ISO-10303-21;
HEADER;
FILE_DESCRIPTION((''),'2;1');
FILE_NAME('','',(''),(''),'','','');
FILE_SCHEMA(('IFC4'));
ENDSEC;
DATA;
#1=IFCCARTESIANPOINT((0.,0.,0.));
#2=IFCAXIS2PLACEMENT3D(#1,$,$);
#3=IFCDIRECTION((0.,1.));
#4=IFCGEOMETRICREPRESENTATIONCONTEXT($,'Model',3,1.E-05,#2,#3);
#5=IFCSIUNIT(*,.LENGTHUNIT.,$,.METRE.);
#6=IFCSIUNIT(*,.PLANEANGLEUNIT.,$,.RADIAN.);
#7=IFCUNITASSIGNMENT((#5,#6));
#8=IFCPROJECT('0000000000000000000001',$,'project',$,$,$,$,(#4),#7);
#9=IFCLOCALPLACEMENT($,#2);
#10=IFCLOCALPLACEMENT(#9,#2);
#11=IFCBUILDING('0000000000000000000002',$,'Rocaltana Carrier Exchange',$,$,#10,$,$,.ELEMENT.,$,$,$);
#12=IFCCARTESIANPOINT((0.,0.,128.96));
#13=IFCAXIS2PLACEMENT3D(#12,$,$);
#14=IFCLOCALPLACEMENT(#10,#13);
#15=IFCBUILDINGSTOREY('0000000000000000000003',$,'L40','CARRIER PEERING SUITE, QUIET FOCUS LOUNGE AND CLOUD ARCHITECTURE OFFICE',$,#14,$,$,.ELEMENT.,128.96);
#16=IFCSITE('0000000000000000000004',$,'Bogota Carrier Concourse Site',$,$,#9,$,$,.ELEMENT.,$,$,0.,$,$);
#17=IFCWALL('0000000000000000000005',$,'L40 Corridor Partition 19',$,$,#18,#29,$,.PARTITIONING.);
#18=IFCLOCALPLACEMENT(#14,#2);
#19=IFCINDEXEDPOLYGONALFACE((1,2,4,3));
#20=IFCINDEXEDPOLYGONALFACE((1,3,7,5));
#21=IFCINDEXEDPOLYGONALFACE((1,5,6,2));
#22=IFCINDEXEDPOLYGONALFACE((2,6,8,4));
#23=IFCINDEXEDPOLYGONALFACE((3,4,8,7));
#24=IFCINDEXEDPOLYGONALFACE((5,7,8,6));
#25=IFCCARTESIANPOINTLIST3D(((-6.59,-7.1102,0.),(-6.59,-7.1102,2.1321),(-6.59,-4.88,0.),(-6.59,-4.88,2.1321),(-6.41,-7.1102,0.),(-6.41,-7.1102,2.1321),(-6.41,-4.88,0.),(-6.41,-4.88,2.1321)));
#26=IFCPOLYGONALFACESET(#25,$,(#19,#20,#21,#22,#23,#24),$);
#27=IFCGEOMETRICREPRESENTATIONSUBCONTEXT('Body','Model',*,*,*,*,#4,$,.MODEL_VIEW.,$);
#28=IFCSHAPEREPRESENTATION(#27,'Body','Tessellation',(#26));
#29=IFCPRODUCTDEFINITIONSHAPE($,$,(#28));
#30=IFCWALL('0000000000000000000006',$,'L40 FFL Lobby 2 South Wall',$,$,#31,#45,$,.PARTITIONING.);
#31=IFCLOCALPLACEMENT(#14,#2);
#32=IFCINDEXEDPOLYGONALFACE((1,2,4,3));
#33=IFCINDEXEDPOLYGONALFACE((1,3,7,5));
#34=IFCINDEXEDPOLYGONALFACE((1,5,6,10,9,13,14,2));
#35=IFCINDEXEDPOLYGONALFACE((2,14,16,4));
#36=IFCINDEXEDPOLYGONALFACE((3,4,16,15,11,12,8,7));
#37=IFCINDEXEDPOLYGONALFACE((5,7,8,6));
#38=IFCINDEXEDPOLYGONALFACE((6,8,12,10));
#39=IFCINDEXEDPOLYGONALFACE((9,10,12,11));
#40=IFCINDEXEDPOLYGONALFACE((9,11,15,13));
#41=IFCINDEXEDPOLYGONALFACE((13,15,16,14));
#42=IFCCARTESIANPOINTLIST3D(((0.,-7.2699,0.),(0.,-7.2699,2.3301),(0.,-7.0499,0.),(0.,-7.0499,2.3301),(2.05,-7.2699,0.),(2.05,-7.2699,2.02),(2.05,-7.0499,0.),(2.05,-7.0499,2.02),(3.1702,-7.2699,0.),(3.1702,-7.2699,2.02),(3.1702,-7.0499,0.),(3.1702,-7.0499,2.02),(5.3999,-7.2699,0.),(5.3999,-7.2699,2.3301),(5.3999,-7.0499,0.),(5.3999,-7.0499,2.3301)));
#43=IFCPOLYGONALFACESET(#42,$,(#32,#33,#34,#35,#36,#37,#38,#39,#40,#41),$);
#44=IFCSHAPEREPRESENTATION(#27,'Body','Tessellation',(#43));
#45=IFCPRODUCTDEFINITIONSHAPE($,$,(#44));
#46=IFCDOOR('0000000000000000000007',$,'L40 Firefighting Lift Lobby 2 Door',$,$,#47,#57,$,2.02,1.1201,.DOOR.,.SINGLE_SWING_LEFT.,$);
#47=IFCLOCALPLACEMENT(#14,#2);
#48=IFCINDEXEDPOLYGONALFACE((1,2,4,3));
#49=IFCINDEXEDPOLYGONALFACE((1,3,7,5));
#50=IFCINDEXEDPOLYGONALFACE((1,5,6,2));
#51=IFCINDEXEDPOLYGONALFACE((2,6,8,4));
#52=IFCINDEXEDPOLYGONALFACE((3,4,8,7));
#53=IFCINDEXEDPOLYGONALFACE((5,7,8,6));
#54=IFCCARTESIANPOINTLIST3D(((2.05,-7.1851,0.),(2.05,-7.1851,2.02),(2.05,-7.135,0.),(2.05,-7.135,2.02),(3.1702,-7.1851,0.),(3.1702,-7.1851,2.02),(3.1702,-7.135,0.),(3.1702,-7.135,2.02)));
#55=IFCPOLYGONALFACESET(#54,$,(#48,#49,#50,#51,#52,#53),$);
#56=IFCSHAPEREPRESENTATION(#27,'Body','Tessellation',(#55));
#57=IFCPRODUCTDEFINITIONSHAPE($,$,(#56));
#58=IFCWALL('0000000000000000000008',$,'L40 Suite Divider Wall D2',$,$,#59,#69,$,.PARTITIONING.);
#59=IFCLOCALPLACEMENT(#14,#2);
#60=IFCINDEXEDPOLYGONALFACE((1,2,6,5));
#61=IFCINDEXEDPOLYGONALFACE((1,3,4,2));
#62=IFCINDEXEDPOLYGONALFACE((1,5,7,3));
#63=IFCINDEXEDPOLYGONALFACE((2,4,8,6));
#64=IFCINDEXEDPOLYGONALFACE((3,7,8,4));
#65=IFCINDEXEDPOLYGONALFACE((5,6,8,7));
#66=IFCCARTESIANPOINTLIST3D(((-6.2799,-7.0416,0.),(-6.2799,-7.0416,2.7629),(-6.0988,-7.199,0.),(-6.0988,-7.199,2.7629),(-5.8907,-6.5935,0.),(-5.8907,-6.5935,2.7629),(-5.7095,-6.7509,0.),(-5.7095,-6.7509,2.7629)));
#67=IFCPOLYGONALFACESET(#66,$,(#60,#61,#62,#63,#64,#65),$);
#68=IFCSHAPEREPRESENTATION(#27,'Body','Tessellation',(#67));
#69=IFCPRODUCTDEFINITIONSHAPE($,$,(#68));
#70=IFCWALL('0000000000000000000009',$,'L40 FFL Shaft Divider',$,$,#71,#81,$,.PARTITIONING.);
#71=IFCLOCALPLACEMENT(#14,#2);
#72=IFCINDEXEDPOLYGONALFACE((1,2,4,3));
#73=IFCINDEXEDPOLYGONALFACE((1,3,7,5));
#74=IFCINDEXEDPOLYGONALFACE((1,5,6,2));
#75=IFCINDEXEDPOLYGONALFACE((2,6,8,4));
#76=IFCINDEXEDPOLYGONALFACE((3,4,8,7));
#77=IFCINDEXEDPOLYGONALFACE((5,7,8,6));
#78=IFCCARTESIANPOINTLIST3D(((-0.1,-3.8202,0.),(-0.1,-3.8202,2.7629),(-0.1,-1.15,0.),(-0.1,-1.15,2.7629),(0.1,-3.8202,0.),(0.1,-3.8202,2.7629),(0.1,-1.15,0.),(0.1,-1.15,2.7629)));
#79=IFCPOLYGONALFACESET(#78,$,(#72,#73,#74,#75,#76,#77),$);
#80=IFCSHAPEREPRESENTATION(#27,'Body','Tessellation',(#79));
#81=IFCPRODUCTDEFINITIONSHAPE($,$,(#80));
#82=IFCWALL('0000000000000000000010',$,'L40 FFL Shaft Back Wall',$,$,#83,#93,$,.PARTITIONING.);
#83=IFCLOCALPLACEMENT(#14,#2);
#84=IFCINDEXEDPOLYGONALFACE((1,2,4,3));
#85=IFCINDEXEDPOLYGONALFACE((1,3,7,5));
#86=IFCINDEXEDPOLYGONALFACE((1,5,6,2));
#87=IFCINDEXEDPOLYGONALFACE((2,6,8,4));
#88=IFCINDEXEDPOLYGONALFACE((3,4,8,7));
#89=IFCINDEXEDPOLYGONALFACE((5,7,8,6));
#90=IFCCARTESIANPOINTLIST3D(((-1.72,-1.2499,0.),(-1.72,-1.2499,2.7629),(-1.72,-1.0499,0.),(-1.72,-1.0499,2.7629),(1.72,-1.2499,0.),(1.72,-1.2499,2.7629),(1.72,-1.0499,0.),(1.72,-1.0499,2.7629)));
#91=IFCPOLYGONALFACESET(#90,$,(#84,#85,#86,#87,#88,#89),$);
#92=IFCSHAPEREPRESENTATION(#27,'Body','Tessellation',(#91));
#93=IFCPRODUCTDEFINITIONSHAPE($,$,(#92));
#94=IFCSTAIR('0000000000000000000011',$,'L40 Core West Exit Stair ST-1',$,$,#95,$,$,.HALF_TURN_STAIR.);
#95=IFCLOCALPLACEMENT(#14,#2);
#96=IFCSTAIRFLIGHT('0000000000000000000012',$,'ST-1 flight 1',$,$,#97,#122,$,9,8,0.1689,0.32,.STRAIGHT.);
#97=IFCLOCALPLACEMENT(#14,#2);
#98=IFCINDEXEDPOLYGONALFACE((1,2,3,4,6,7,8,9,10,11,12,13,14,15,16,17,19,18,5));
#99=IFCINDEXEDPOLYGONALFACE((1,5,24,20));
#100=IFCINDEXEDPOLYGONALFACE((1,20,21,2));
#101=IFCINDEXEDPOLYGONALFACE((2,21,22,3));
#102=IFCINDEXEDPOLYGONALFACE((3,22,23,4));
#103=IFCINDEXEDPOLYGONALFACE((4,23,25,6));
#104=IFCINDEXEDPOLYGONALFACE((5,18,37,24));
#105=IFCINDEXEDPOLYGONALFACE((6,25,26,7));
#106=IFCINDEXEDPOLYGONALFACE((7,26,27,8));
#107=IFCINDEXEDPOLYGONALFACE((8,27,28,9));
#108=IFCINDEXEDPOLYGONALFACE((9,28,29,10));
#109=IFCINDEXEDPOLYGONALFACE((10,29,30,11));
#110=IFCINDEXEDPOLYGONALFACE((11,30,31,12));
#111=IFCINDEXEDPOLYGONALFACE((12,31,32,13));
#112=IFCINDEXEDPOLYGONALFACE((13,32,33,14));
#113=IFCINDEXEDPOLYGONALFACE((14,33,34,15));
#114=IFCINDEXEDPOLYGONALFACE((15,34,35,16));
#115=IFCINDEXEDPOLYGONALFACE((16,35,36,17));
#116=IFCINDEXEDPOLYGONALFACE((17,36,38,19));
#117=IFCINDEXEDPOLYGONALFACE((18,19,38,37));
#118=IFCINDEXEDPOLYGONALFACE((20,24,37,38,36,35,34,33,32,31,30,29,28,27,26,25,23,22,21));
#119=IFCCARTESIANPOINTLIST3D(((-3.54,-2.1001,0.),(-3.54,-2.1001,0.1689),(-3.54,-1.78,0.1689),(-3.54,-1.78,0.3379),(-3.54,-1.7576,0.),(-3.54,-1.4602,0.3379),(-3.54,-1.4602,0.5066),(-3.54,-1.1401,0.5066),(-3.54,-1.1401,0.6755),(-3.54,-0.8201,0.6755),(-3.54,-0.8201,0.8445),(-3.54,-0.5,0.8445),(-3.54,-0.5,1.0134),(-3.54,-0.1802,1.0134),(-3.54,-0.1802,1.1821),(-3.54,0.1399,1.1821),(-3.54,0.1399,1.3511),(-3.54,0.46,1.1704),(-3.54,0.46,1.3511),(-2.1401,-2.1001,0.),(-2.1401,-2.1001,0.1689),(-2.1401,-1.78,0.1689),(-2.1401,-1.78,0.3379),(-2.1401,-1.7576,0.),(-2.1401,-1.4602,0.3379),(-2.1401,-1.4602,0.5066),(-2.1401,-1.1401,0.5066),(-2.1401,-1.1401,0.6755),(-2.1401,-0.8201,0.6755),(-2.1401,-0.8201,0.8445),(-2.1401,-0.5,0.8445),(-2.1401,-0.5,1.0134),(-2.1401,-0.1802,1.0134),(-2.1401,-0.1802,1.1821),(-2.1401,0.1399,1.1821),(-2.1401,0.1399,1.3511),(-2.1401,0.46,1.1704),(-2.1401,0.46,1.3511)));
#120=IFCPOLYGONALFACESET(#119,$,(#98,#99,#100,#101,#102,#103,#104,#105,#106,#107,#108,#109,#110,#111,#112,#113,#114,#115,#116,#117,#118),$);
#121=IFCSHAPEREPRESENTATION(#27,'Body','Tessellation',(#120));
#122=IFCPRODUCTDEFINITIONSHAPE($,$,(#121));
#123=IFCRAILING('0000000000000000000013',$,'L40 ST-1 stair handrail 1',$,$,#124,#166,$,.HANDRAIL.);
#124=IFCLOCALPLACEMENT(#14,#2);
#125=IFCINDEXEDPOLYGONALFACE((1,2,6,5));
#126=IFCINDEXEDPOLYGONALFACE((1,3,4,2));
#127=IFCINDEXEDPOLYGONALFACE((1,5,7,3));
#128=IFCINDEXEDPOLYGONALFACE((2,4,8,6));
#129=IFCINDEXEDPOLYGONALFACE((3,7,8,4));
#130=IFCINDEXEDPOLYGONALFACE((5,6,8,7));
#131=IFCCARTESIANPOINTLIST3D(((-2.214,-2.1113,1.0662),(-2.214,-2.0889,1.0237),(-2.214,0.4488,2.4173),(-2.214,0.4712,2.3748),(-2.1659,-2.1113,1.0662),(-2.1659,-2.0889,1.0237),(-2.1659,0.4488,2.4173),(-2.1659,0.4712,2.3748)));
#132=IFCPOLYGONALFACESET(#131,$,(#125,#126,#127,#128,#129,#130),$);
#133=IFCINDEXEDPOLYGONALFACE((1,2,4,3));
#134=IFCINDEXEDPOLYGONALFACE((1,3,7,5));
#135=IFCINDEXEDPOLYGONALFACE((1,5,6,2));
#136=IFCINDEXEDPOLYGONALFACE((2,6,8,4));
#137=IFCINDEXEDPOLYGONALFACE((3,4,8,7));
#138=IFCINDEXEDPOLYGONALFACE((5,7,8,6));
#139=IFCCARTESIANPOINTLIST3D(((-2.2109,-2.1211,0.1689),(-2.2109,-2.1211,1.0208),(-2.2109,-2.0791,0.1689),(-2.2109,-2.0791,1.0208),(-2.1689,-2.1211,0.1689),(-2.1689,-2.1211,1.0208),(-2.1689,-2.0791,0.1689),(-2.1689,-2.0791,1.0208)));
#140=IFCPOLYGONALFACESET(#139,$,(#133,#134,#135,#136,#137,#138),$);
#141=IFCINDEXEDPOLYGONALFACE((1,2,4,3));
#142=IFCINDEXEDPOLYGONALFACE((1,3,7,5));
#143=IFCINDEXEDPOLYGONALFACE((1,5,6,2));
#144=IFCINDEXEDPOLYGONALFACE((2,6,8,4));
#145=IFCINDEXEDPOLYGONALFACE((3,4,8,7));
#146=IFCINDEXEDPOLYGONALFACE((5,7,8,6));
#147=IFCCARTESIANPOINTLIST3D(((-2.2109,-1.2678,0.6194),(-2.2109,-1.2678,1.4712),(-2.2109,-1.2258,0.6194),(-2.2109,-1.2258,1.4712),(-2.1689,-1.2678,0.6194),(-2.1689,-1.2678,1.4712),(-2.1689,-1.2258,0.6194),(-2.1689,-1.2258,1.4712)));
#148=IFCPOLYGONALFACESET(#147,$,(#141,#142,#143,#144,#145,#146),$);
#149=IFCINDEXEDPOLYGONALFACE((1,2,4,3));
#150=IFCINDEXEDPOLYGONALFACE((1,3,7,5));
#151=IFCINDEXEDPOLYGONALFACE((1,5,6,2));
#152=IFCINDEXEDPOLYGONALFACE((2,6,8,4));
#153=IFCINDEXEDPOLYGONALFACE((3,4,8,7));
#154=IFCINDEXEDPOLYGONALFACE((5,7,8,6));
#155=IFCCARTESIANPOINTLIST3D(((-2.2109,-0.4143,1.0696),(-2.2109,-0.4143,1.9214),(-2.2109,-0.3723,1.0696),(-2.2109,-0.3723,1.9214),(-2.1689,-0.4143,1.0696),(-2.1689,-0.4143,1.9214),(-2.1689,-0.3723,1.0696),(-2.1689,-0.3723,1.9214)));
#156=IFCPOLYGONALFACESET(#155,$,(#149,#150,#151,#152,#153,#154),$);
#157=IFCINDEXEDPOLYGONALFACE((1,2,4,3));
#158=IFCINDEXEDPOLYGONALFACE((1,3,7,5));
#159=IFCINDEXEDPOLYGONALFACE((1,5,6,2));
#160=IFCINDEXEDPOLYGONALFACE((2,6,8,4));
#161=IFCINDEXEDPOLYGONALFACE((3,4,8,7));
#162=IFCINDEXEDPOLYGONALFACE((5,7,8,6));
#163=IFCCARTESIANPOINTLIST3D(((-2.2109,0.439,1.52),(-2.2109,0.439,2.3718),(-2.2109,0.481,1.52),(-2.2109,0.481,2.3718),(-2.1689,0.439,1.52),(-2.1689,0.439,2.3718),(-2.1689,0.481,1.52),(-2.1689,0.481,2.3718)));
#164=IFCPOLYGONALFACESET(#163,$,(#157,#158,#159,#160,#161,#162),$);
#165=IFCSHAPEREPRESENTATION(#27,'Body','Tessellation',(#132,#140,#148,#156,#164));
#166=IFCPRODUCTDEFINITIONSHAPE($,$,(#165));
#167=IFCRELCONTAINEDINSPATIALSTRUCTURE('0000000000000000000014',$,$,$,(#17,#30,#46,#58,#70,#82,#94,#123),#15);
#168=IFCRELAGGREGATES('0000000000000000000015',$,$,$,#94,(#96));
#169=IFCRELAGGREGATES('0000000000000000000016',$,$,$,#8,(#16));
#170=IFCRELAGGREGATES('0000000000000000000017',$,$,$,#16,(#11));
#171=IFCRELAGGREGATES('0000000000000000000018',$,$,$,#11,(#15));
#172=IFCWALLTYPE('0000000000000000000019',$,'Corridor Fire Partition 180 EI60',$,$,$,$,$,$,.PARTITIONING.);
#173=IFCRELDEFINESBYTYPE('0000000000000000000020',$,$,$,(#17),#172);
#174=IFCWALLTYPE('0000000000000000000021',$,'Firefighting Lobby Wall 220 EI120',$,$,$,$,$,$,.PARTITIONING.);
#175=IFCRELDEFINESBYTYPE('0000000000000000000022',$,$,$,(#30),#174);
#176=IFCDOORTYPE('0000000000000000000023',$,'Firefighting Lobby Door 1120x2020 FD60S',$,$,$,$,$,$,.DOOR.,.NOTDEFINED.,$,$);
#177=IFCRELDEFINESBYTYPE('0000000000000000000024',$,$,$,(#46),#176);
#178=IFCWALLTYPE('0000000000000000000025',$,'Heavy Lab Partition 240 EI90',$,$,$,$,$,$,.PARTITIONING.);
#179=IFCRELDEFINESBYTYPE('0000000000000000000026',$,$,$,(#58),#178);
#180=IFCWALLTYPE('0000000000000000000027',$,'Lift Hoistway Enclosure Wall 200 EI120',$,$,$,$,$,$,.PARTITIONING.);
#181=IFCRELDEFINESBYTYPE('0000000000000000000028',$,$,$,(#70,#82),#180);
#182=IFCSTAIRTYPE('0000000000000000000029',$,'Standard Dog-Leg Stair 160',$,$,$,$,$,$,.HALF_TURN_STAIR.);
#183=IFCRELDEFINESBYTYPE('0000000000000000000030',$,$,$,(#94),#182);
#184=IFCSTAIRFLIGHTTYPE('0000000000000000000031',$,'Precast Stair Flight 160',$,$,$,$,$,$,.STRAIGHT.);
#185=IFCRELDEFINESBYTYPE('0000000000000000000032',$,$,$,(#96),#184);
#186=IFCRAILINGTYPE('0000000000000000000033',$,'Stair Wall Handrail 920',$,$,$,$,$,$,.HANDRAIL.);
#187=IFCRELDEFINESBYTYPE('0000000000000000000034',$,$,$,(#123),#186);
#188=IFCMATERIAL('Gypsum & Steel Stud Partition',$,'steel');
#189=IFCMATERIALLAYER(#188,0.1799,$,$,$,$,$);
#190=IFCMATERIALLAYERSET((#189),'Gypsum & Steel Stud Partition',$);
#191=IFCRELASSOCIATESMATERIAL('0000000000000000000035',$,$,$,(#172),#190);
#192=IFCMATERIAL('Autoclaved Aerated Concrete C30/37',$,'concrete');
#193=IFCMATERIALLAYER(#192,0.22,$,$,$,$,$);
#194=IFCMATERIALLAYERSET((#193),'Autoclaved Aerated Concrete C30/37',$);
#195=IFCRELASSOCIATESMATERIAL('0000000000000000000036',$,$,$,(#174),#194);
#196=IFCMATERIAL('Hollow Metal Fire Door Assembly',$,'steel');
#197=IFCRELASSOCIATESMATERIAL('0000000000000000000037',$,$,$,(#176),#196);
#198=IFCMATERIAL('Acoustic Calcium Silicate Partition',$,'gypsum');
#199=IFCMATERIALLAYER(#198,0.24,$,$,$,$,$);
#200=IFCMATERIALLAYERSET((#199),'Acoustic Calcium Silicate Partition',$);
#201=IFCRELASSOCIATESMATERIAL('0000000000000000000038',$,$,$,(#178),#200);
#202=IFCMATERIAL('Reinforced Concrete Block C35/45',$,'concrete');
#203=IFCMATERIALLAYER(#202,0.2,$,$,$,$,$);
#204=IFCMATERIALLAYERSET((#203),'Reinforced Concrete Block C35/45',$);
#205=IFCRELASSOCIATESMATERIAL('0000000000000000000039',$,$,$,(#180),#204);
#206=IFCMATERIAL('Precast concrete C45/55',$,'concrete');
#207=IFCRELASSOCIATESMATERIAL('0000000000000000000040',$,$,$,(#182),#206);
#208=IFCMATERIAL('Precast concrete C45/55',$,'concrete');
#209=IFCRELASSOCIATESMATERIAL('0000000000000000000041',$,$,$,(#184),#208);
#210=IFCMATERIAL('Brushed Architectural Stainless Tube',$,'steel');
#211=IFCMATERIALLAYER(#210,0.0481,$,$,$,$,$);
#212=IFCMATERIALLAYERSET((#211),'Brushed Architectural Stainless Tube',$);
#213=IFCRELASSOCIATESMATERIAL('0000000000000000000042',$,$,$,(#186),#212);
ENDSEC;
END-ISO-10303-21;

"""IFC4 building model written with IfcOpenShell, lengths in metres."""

from ifc_helpers import new_model, si_unit, direction, frame, frame_2d, origin, origin_2d, place, context, subcontext, project, spatial, polyline, rectangle, outline, extrude, material, layer, layer_set, type_object, element, fill, aggregate, save


model = new_model("IFC4")

# Units and contexts
model_context = context("Model", 3, precision=1e-05, world=origin(), true_north=direction((0.0, 1.0)))
body_context = subcontext(model_context, "Body", "Model", "MODEL_VIEW")
ifc_project = project(units=[si_unit("LENGTHUNIT", "METRE"), si_unit("PLANEANGLEUNIT", "RADIAN")], contexts=[model_context])

# Site, building, storey
site_placement = place(None, origin())
site = spatial("IfcSite", under=ifc_project, at=site_placement, Name="Bogota Carrier Concourse Site", CompositionType="ELEMENT", RefElevation=0.0)
building_placement = place(site_placement, origin())
building = spatial("IfcBuilding", under=site, at=building_placement, Name="Rocaltana Carrier Exchange", CompositionType="ELEMENT")
storey_placement = place(building_placement, frame((0.0, 0.0, 128.96)))
storey = spatial("IfcBuildingStorey", under=building, at=storey_placement, Name="L40", Description="CARRIER PEERING SUITE, QUIET FOCUS LOUNGE AND CLOUD ARCHITECTURE OFFICE", CompositionType="ELEMENT", Elevation=128.96)

# Wall
ifc_material_1 = material(Name="Gypsum & Steel Stud Partition", Category="steel")
ifc_layer_1 = layer(ifc_material_1, 0.1799)
ifc_layer_set_1 = layer_set([ifc_layer_1], Name="Gypsum & Steel Stud Partition")
wall_type_1 = type_object("IfcWallType", Name="Corridor Fire Partition 180 EI60", PredefinedType="PARTITIONING", material=ifc_layer_set_1)
wall_1_placement = place(storey_placement, frame((-6.5, -4.8799, 0.0), z_axis=(0.0, 0.0, 1.0), x_axis=(0.0, -1.0, 0.0)))
element("IfcWall", 1, at=wall_1_placement, inside=storey, type_object=wall_type_1, Name="L40 Corridor Partition 19", PredefinedType="PARTITIONING", context=body_context, shape_type="SweptSolid", body=[
    extrude(rectangle(XDim=2.2302, YDim=0.1799, at=frame_2d((1.1152, 0.0))), origin(), (0.0, 0.0, 1.0), 2.1321),
])

# Wall, opening, door
ifc_material_2 = material(Name="Autoclaved Aerated Concrete C30/37", Category="concrete")
ifc_layer_2 = layer(ifc_material_2, 0.22)
ifc_layer_set_2 = layer_set([ifc_layer_2], Name="Autoclaved Aerated Concrete C30/37")
wall_type_2 = type_object("IfcWallType", Name="Firefighting Lobby Wall 220 EI120", PredefinedType="PARTITIONING", material=ifc_layer_set_2)
wall_2_placement = place(storey_placement, frame((0.0, -7.1599, 0.0), z_axis=(0.0, 0.0, 1.0), x_axis=(1.0, 0.0, 0.0)))
wall_2 = element("IfcWall", 2, at=wall_2_placement, inside=storey, type_object=wall_type_2, Name="L40 FFL Lobby 2 South Wall", PredefinedType="PARTITIONING", context=body_context, shape_type="SweptSolid", body=[
    extrude(rectangle(XDim=5.3999, YDim=0.22, at=frame_2d((2.7, 0.0))), origin(), (0.0, 0.0, 1.0), 2.3301),
])
opening_1_placement = place(wall_2_placement, frame((2.05, 0.0, 0.0)))
opening_1 = element("IfcOpeningElement", 3, at=opening_1_placement, cuts=wall_2, PredefinedType="OPENING", context=body_context, shape_type="SweptSolid", body=[
    extrude(rectangle(XDim=1.1201, YDim=2.02, at=frame_2d((0.5601, 1.01))), frame((0.0, 0.1199, 0.0), z_axis=(0.0, -1.0, 0.0), x_axis=(1.0, 0.0, 0.0)), (0.0, 0.0, 1.0), 0.24),
])
ifc_material_3 = material(Name="Hollow Metal Fire Door Assembly", Category="steel")
door_type_1 = type_object("IfcDoorType", Name="Firefighting Lobby Door 1120x2020 FD60S", OperationType="NOTDEFINED", PredefinedType="DOOR", material=ifc_material_3)
door_1_placement = place(opening_1_placement, origin())
door_1 = element("IfcDoor", 4, at=door_1_placement, inside=storey, type_object=door_type_1, Name="L40 Firefighting Lift Lobby 2 Door", OperationType="SINGLE_SWING_LEFT", OverallHeight=2.02, OverallWidth=1.1201, PredefinedType="DOOR", context=body_context, shape_type="SweptSolid", body=[
    extrude(rectangle(XDim=1.1201, YDim=2.02, at=frame_2d((0.5601, 1.01))), frame((0.0, 0.0249, 0.0), z_axis=(0.0, -1.0, 0.0), x_axis=(1.0, 0.0, 0.0)), (0.0, 0.0, 1.0), 0.05),
])
fill(opening_1, door_1)

# Walls
ifc_material_4 = material(Name="Acoustic Calcium Silicate Partition", Category="gypsum")
ifc_layer_3 = layer(ifc_material_4, 0.24)
ifc_layer_set_3 = layer_set([ifc_layer_3], Name="Acoustic Calcium Silicate Partition")
wall_type_3 = type_object("IfcWallType", Name="Heavy Lab Partition 240 EI90", PredefinedType="PARTITIONING", material=ifc_layer_set_3)
wall_3_placement = place(storey_placement, frame((-5.8, -6.6721, 0.0), z_axis=(0.0, 0.0, 1.0), x_axis=(-0.655792, -0.754942, 0.0)))
element("IfcWall", 5, at=wall_3_placement, inside=storey, type_object=wall_type_3, Name="L40 Suite Divider Wall D2", PredefinedType="PARTITIONING", context=body_context, shape_type="SweptSolid", body=[
    extrude(rectangle(XDim=0.5935, YDim=0.24, at=frame_2d((0.2969, 0.0))), origin(), (0.0, 0.0, 1.0), 2.7629),
])
ifc_material_5 = material(Name="Reinforced Concrete Block C35/45", Category="concrete")
ifc_layer_4 = layer(ifc_material_5, 0.2)
ifc_layer_set_4 = layer_set([ifc_layer_4], Name="Reinforced Concrete Block C35/45")
wall_type_4 = type_object("IfcWallType", Name="Lift Hoistway Enclosure Wall 200 EI120", PredefinedType="PARTITIONING", material=ifc_layer_set_4)
wall_4_placement = place(storey_placement, frame((0.0, -3.8201, 0.0), z_axis=(0.0, 0.0, 1.0), x_axis=(0.0, 1.0, 0.0)))
element("IfcWall", 6, at=wall_4_placement, inside=storey, type_object=wall_type_4, Name="L40 FFL Shaft Divider", PredefinedType="PARTITIONING", context=body_context, shape_type="SweptSolid", body=[
    extrude(rectangle(XDim=2.6702, YDim=0.2, at=frame_2d((1.335, 0.0))), origin(), (0.0, 0.0, 1.0), 2.7629),
])
wall_5_placement = place(storey_placement, frame((-1.72, -1.1499, 0.0), z_axis=(0.0, 0.0, 1.0), x_axis=(1.0, 0.0, 0.0)))
element("IfcWall", 7, at=wall_5_placement, inside=storey, type_object=wall_type_4, Name="L40 FFL Shaft Back Wall", PredefinedType="PARTITIONING", context=body_context, shape_type="SweptSolid", body=[
    extrude(rectangle(XDim=3.4399, YDim=0.2, at=frame_2d((1.72, 0.0))), origin(), (0.0, 0.0, 1.0), 2.7629),
])

# Stair, stair flight
ifc_material_6 = material(Name="Precast concrete C45/55", Category="concrete")
stair_type = type_object("IfcStairType", Name="Standard Dog-Leg Stair 160", PredefinedType="HALF_TURN_STAIR", material=ifc_material_6)
stair_placement = place(storey_placement, origin())
stair = element("IfcStair", 8, at=stair_placement, inside=storey, type_object=stair_type, Name="L40 Core West Exit Stair ST-1", PredefinedType="HALF_TURN_STAIR")
ifc_material_7 = material(Name="Precast concrete C45/55", Category="concrete")
stair_flight_type = type_object("IfcStairFlightType", Name="Precast Stair Flight 160", PredefinedType="STRAIGHT", material=ifc_material_7)
stair_flight_placement = place(storey_placement, frame((-2.8401, -2.1001, 0.0), z_axis=(0.0, 0.0, 1.0), x_axis=(0.0, 1.0, 0.0)))
stair_flight = element("IfcStairFlight", 9, at=stair_flight_placement, type_object=stair_flight_type, Name="ST-1 flight 1", NumberOfRisers=9, NumberOfTreads=8, PredefinedType="STRAIGHT", RiserHeight=0.1689, TreadLength=0.32, context=body_context, shape_type="SweptSolid", body=[
    extrude(outline(polyline([(0.0, 0.0), (0.0, 0.1689), (0.3201, 0.1689), (0.3201, 0.3379), (0.6399, 0.3379), (0.6399, 0.5066), (0.96, 0.5066), (0.96, 0.6755), (1.28, 0.6755), (1.28, 0.8445), (1.6001, 0.8445), (1.6001, 1.0134), (1.9199, 1.0134), (1.9199, 1.1821), (2.24, 1.1821), (2.24, 1.3511), (2.5601, 1.3511), (2.5601, 1.52), (2.5601, 1.1704), (0.3425, 0.0), (0.0, 0.0)])), frame((0.0, 0.7, 0.0), z_axis=(0.0, -1.0, 0.0), x_axis=(1.0, 0.0, 0.0)), (0.0, 0.0, 1.0), 1.3999),
])
aggregate(stair, [stair_flight])

# Railing
ifc_material_8 = material(Name="Brushed Architectural Stainless Tube", Category="steel")
ifc_layer_5 = layer(ifc_material_8, 0.0481)
ifc_layer_set_5 = layer_set([ifc_layer_5], Name="Brushed Architectural Stainless Tube")
railing_type_1 = type_object("IfcRailingType", Name="Stair Wall Handrail 920", PredefinedType="HANDRAIL", material=ifc_layer_set_5)
railing_1_placement = place(storey_placement, frame((-2.1899, -2.1001, 0.1689)))
element("IfcRailing", 10, at=railing_1_placement, inside=storey, type_object=railing_type_1, Name="L40 ST-1 stair handrail 1", PredefinedType="HANDRAIL", context=body_context, shape_type="SweptSolid", body=[
    extrude(rectangle(XDim=0.0481, YDim=0.0481, at=origin_2d()), frame((0.0, 0.0, 0.876), z_axis=(0.0, 0.884394, 0.46674), x_axis=(-1.0, 0.0, 0.0)), (0.0, 0.0, 1.0), 2.8948),
    extrude(rectangle(XDim=0.042, YDim=0.042, at=origin_2d()), origin(), (0.0, 0.0, 1.0), 0.8518),
    extrude(rectangle(XDim=0.042, YDim=0.042, at=origin_2d()), frame((0.0, 0.8533, 0.4504)), (0.0, 0.0, 1.0), 0.8518),
    extrude(rectangle(XDim=0.042, YDim=0.042, at=origin_2d()), frame((0.0, 1.7068, 0.9006)), (0.0, 0.0, 1.0), 0.8518),
    extrude(rectangle(XDim=0.042, YDim=0.042, at=origin_2d()), frame((0.0, 2.5601, 1.3511)), (0.0, 0.0, 1.0), 0.8518),
])

save(model, "model.ifc")
